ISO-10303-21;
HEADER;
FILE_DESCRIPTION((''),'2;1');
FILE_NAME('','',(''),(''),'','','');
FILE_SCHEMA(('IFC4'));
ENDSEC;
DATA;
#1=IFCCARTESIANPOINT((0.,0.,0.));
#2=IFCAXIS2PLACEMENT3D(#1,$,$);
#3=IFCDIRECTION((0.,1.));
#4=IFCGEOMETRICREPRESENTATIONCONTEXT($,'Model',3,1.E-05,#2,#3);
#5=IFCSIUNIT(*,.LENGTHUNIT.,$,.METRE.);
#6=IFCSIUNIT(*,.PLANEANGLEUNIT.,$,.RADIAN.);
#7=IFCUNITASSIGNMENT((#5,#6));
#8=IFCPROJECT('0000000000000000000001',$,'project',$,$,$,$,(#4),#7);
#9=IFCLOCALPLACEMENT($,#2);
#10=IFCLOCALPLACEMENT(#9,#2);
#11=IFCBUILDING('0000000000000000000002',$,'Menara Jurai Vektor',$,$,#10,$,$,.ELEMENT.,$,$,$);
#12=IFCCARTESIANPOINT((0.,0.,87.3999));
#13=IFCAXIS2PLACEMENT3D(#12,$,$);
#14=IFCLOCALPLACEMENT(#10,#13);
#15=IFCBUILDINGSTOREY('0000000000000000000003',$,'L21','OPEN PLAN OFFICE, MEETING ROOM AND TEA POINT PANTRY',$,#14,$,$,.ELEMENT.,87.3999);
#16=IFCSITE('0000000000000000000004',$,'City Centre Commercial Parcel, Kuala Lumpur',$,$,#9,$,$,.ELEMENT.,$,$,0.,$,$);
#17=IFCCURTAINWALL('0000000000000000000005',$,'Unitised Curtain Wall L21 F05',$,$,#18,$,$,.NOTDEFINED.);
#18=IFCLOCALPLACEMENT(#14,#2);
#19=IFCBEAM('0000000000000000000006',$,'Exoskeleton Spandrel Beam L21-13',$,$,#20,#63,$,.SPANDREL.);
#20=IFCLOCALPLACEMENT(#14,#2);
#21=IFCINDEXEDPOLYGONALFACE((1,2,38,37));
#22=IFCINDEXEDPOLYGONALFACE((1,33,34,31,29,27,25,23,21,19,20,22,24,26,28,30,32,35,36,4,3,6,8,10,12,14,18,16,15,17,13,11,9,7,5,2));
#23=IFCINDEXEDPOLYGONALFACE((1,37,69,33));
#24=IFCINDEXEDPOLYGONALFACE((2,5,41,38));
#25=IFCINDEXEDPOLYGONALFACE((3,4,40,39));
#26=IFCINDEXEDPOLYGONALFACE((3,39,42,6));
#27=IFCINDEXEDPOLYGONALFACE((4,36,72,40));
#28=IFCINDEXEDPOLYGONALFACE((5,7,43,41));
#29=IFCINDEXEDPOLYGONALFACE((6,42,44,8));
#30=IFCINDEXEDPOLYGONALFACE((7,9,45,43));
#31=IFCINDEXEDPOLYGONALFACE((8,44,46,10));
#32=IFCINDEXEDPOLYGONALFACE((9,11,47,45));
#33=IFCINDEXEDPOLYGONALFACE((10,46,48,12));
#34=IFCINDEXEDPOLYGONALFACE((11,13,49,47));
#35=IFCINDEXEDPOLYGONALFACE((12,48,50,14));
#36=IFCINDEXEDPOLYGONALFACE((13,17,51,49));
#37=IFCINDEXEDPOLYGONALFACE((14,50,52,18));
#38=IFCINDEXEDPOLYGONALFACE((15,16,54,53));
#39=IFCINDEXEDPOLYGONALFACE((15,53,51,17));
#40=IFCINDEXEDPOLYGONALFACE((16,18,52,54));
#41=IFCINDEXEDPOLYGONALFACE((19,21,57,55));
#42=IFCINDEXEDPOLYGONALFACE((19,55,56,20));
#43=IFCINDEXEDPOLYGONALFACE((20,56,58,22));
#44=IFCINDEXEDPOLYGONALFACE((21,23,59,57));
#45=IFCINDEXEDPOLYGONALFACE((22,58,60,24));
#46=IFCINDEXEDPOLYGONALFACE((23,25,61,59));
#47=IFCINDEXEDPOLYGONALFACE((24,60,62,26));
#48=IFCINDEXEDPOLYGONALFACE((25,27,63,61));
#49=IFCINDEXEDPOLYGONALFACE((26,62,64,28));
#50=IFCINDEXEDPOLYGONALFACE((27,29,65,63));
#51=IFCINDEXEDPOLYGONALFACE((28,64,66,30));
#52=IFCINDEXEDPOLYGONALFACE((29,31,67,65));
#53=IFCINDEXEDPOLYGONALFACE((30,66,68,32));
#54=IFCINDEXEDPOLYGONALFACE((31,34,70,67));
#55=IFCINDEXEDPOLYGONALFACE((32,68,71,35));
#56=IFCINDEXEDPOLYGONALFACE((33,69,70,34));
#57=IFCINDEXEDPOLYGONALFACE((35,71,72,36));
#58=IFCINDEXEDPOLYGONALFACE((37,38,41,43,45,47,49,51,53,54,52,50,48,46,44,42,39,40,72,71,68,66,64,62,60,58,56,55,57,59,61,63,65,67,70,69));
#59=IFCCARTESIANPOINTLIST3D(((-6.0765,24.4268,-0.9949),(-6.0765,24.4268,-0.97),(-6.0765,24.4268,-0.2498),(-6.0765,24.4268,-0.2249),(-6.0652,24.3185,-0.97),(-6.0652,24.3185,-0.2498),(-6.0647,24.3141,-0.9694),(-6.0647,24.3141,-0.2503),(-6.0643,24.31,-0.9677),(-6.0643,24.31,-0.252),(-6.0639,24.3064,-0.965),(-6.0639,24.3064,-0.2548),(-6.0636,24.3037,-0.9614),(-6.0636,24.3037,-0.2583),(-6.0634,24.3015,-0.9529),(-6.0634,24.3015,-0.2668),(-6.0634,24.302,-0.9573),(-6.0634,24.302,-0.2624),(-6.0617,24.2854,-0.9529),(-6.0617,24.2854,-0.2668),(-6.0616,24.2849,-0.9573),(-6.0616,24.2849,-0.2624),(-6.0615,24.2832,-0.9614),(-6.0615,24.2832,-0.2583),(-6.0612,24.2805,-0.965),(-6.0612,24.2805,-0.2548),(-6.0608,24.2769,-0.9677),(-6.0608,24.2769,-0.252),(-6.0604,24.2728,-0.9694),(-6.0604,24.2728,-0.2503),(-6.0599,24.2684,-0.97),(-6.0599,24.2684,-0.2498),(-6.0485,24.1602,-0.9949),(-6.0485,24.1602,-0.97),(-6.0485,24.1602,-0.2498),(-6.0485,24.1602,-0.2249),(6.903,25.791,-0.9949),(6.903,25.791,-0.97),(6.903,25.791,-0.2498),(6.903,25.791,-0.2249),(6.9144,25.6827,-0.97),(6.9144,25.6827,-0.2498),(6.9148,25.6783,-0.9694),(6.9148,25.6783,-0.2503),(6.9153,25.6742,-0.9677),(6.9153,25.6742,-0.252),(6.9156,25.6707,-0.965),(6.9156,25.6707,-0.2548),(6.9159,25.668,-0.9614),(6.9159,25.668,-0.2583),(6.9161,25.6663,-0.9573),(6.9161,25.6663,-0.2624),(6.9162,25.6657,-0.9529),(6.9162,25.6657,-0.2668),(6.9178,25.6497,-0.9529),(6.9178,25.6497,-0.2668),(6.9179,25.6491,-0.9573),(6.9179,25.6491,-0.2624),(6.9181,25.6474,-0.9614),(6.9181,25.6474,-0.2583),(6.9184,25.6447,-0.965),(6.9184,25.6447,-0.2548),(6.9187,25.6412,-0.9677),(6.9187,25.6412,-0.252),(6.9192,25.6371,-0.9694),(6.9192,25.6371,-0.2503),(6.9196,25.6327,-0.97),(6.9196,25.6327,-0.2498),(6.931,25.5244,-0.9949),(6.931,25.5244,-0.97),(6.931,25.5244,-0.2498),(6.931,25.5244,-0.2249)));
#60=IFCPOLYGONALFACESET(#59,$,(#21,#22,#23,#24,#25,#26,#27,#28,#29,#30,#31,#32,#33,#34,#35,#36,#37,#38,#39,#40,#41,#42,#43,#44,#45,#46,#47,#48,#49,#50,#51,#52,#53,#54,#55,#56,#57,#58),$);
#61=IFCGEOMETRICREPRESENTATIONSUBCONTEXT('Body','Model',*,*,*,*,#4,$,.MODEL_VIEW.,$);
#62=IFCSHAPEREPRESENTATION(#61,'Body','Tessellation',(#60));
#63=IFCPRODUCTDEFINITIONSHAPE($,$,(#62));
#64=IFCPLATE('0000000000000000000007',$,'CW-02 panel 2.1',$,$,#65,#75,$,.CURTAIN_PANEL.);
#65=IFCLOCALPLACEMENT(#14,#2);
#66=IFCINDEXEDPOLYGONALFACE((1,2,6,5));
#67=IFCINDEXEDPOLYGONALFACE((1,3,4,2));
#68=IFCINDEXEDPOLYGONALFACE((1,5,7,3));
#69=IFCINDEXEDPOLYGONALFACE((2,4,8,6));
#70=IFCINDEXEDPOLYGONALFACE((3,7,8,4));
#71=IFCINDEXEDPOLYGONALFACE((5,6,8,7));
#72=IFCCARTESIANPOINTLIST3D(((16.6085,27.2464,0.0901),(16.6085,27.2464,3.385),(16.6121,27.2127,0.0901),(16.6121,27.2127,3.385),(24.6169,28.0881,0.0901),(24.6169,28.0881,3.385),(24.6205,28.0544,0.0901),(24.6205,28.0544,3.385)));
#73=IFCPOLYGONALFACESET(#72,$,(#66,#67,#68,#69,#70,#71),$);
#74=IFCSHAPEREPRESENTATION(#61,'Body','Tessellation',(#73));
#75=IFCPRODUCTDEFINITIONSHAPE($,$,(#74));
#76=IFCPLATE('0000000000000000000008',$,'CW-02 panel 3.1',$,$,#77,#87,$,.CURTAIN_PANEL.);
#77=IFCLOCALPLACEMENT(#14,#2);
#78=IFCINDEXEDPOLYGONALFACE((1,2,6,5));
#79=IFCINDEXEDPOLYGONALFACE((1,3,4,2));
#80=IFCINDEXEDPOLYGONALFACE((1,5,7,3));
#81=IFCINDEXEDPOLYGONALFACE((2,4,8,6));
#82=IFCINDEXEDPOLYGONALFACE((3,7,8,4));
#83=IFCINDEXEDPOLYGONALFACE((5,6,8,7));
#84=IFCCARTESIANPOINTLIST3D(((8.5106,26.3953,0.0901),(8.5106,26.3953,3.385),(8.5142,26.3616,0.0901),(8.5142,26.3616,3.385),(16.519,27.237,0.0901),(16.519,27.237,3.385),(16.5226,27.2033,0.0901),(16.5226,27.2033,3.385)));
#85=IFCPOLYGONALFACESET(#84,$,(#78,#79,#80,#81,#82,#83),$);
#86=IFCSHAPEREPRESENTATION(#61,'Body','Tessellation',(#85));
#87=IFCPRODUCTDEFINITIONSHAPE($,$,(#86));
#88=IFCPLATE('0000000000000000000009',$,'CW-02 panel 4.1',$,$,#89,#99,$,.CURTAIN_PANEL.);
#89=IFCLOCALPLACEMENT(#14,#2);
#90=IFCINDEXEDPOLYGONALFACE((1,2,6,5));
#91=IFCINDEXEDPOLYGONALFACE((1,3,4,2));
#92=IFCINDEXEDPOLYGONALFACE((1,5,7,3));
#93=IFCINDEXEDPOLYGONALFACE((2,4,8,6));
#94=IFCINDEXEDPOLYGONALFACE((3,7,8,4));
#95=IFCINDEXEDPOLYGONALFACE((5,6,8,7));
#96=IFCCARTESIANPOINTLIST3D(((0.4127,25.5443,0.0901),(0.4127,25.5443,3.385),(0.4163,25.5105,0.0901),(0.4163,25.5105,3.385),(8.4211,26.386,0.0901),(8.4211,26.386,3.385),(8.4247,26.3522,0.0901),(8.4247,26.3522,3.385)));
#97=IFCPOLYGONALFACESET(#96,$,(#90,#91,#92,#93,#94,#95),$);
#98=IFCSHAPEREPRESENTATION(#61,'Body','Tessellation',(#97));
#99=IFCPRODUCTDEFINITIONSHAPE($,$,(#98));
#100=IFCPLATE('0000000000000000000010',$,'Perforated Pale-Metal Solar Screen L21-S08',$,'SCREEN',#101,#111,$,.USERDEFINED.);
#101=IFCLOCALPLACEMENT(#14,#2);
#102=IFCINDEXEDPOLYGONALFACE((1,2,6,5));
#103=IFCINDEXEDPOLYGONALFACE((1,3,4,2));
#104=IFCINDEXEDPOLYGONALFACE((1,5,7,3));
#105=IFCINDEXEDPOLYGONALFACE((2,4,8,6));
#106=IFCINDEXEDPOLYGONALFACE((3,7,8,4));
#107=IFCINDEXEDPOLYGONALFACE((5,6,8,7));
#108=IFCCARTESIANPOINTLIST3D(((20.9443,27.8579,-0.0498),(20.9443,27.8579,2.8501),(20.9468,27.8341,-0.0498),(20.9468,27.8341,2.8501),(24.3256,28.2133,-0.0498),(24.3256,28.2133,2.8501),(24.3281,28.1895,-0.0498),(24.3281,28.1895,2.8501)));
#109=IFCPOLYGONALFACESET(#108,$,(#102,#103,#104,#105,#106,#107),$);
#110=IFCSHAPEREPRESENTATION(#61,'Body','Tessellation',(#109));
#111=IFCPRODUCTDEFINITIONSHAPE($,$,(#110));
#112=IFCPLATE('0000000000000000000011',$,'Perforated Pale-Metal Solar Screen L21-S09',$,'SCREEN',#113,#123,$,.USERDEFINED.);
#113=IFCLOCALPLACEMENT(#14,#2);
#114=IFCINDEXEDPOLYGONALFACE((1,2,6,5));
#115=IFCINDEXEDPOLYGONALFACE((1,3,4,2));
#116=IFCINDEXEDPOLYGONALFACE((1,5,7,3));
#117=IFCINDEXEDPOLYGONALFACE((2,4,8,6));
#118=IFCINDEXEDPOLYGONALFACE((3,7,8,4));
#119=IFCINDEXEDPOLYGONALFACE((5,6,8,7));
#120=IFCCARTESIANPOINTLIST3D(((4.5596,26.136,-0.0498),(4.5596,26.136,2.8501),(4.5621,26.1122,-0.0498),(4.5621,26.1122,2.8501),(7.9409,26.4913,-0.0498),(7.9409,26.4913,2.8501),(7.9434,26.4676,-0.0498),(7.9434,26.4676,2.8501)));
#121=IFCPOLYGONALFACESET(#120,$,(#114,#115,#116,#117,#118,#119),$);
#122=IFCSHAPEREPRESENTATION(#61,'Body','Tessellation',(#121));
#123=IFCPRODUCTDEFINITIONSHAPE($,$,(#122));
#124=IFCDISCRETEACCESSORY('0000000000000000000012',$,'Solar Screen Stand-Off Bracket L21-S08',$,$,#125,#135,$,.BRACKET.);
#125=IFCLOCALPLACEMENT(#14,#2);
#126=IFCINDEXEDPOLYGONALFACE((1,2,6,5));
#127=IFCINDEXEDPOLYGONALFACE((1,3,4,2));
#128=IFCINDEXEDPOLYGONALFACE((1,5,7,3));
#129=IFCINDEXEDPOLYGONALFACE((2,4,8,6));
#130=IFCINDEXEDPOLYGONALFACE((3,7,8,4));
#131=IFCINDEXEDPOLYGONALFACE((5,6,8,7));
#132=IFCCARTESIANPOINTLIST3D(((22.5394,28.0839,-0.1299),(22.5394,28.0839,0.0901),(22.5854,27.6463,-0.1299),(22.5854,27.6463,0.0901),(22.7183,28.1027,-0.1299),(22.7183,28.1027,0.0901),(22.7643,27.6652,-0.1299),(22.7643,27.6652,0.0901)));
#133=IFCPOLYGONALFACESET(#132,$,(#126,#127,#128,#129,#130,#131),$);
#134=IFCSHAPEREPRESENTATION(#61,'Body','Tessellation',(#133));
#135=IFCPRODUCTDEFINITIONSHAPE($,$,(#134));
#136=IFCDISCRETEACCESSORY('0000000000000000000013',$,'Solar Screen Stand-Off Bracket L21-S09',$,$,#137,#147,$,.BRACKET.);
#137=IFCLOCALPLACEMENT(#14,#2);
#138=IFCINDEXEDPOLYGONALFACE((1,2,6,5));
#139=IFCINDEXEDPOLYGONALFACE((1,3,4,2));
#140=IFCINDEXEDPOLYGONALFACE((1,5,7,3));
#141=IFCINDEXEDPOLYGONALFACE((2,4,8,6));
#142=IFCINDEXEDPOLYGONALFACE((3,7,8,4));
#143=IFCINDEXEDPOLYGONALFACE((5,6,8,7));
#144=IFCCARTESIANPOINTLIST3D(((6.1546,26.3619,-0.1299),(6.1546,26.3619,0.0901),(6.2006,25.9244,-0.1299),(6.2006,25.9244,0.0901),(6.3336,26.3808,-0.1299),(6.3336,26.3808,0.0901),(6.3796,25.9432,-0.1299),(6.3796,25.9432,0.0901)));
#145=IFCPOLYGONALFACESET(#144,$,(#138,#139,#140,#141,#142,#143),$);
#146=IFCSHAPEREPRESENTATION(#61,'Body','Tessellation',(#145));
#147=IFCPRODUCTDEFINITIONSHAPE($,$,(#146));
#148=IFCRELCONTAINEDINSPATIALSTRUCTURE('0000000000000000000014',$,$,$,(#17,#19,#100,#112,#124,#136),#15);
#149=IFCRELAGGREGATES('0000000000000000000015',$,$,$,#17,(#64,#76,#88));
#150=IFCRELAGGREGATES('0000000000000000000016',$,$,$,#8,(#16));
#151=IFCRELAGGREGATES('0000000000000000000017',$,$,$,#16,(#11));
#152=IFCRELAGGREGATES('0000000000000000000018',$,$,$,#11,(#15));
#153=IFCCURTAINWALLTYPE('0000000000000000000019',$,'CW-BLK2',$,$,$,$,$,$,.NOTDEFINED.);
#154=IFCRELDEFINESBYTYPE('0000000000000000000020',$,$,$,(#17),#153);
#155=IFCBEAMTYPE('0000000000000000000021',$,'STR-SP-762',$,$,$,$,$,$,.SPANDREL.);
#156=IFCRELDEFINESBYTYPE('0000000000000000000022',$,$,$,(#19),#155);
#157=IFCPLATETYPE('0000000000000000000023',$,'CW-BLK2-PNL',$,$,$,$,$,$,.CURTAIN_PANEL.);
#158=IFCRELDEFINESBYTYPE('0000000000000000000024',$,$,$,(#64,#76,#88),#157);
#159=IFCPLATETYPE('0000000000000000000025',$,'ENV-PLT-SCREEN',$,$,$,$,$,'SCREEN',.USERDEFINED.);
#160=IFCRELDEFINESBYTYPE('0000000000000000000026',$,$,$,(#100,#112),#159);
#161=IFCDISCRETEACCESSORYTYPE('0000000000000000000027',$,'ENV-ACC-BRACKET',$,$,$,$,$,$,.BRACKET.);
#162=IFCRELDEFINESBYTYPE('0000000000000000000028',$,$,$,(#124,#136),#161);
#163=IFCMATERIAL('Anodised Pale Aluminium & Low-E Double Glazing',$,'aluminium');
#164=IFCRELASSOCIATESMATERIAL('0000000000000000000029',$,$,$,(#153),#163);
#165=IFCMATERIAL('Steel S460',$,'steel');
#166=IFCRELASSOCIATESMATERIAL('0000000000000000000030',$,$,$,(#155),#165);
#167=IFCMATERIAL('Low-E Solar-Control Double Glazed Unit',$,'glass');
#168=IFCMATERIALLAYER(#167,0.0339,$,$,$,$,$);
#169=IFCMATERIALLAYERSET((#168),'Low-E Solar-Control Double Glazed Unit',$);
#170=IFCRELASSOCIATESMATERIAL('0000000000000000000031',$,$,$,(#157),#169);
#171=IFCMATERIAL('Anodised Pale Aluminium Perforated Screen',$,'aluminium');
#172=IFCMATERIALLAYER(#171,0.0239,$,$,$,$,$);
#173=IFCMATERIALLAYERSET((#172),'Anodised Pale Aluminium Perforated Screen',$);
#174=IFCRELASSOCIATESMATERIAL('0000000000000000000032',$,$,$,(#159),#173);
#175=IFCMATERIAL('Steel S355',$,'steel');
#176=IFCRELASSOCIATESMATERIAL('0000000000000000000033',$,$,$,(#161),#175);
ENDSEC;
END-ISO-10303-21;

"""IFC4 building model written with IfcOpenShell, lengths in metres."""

from ifc_helpers import new_model, si_unit, direction, frame, origin, origin_2d, place, context, subcontext, project, spatial, rectangle, i_section, extrude, material, layer, layer_set, material_profile, profile_set, type_object, element, aggregate, save


model = new_model("IFC4")

# Units and contexts
model_context = context("Model", 3, precision=1e-05, world=origin(), true_north=direction((0.0, 1.0)))
body_context = subcontext(model_context, "Body", "Model", "MODEL_VIEW")
ifc_project = project(units=[si_unit("LENGTHUNIT", "METRE"), si_unit("PLANEANGLEUNIT", "RADIAN")], contexts=[model_context])

# Site, building, storey
site_placement = place(None, origin())
site = spatial("IfcSite", under=ifc_project, at=site_placement, Name="City Centre Commercial Parcel, Kuala Lumpur", CompositionType="ELEMENT", RefElevation=0.0)
building_placement = place(site_placement, origin())
building = spatial("IfcBuilding", under=site, at=building_placement, Name="Menara Jurai Vektor", CompositionType="ELEMENT")
storey_placement = place(building_placement, frame((0.0, 0.0, 87.3999)))
storey = spatial("IfcBuildingStorey", under=building, at=storey_placement, Name="L21", Description="OPEN PLAN OFFICE, MEETING ROOM AND TEA POINT PANTRY", CompositionType="ELEMENT", Elevation=87.3999)

# Shared definitions
ifc_material_1 = material(Name="Steel S460", Category="steel")

# Curtain wall
ifc_material_2 = material(Name="Anodised Pale Aluminium & Low-E Double Glazing", Category="aluminium")
curtain_wall_type = type_object("IfcCurtainWallType", Name="CW-BLK2", PredefinedType="NOTDEFINED", material=ifc_material_2)
curtain_wall_placement = place(storey_placement, origin())
curtain_wall = element("IfcCurtainWall", 1, at=curtain_wall_placement, inside=storey, type_object=curtain_wall_type, Name="Unitised Curtain Wall L21 F05", PredefinedType="NOTDEFINED")

# Beam
ifc_material_3 = material(Name="Steel S355", Category="steel")
ifc_material_profile_1 = material_profile(ifc_material_1, i_section(OverallWidth=0.2681, OverallDepth=0.77, WebThickness=0.0161, FlangeThickness=0.0249, FilletRadius=0.0171, at=origin_2d()), Name="UKB 762x267x197")
ifc_profile_set_1 = profile_set([ifc_material_profile_1], Name="Steel S460")
beam_type_1 = type_object("IfcBeamType", Name="STR-SP-762", PredefinedType="SPANDREL", material=ifc_profile_set_1)
beam_1_placement = place(storey_placement, frame((6.917, 25.6577, -0.6099), z_axis=(-0.994521, -0.104533, 0.0), x_axis=(0.104533, -0.994521, 0.0)))
element("IfcBeam", 2, at=beam_1_placement, inside=storey, type_object=beam_type_1, Name="Exoskeleton Spandrel Beam L21-13", PredefinedType="SPANDREL", context=body_context, shape_type="SweptSolid", body=[
    extrude(i_section(OverallWidth=0.2681, OverallDepth=0.77, WebThickness=0.0161, FlangeThickness=0.0249, FilletRadius=0.0171, at=origin_2d()), origin(), (0.0, 0.0, 1.0), 13.051),
])

# Plates
ifc_material_4 = material(Name="Low-E Solar-Control Double Glazed Unit", Category="glass")
ifc_layer_1 = layer(ifc_material_4, 0.0339)
ifc_layer_set_1 = layer_set([ifc_layer_1], Name="Low-E Solar-Control Double Glazed Unit")
plate_type_1 = type_object("IfcPlateType", Name="CW-BLK2-PNL", PredefinedType="CURTAIN_PANEL", material=ifc_layer_set_1)
plate_1_placement = place(storey_placement, frame((20.6145, 27.6504, 0.0901), z_axis=(0.0, 0.0, 1.0), x_axis=(-0.994522, -0.104529, 0.0)))
plate_1 = element("IfcPlate", 3, at=plate_1_placement, type_object=plate_type_1, Name="CW-02 panel 2.1", PredefinedType="CURTAIN_PANEL", context=body_context, shape_type="SweptSolid", body=[
    extrude(rectangle(XDim=8.0525, YDim=0.0339, at=origin_2d()), origin(), (0.0, 0.0, 1.0), 3.2949),
])
plate_2_placement = place(storey_placement, frame((12.5166, 26.7993, 0.0901), z_axis=(0.0, 0.0, 1.0), x_axis=(-0.994522, -0.104529, 0.0)))
plate_2 = element("IfcPlate", 4, at=plate_2_placement, type_object=plate_type_1, Name="CW-02 panel 3.1", PredefinedType="CURTAIN_PANEL", context=body_context, shape_type="SweptSolid", body=[
    extrude(rectangle(XDim=8.0525, YDim=0.0339, at=origin_2d()), origin(), (0.0, 0.0, 1.0), 3.2949),
])
plate_3_placement = place(storey_placement, frame((4.4187, 25.9482, 0.0901), z_axis=(0.0, 0.0, 1.0), x_axis=(-0.994522, -0.104529, 0.0)))
plate_3 = element("IfcPlate", 5, at=plate_3_placement, type_object=plate_type_1, Name="CW-02 panel 4.1", PredefinedType="CURTAIN_PANEL", context=body_context, shape_type="SweptSolid", body=[
    extrude(rectangle(XDim=8.0525, YDim=0.0339, at=origin_2d()), origin(), (0.0, 0.0, 1.0), 3.2949),
])
aggregate(curtain_wall, [plate_1, plate_2, plate_3])

# Plates
ifc_material_5 = material(Name="Anodised Pale Aluminium Perforated Screen", Category="aluminium")
ifc_layer_2 = layer(ifc_material_5, 0.0239)
ifc_layer_set_2 = layer_set([ifc_layer_2], Name="Anodised Pale Aluminium Perforated Screen")
plate_type_2 = type_object("IfcPlateType", Name="ENV-PLT-SCREEN", ElementType="SCREEN", PredefinedType="USERDEFINED", material=ifc_layer_set_2)
for number, where, z_axis, x_axis, name in (
    (6, (22.6362, 28.0237, -0.0498), (0.0, 0.0, 1.0), (-0.994522, -0.104528, 0.0), "Perforated Pale-Metal Solar Screen L21-S08"),
    (7, (6.2515, 26.3018, -0.0498), (0.0, 0.0, 1.0), (-0.994522, -0.104528, 0.0), "Perforated Pale-Metal Solar Screen L21-S09"),
):
    element("IfcPlate", number, at=place(storey_placement, frame(where, z_axis=z_axis, x_axis=x_axis)), inside=storey, type_object=plate_type_2, Name=name, ObjectType="SCREEN", PredefinedType="USERDEFINED", context=body_context, shape_type="SweptSolid", body=[
        extrude(rectangle(XDim=3.3999, YDim=0.0239, at=origin_2d()), origin(), (0.0, 0.0, 1.0), 2.8999),
    ])

# Discrete accessories
discrete_accessory_type = type_object("IfcDiscreteAccessoryType", Name="ENV-ACC-BRACKET", PredefinedType="BRACKET", material=ifc_material_3)
for number, where, z_axis, x_axis, name in (
    (8, (22.6519, 27.8745, -0.1299), (0.0, 0.0, 1.0), (-0.994522, -0.104528, 0.0), "Solar Screen Stand-Off Bracket L21-S08"),
    (9, (6.2671, 26.1526, -0.1299), (0.0, 0.0, 1.0), (-0.994522, -0.104528, 0.0), "Solar Screen Stand-Off Bracket L21-S09"),
):
    element("IfcDiscreteAccessory", number, at=place(storey_placement, frame(where, z_axis=z_axis, x_axis=x_axis)), inside=storey, type_object=discrete_accessory_type, Name=name, PredefinedType="BRACKET", context=body_context, shape_type="SweptSolid", body=[
        extrude(rectangle(XDim=0.1799, YDim=0.4399, at=origin_2d()), origin(), (0.0, 0.0, 1.0), 0.22),
    ])

save(model, "model.ifc")
